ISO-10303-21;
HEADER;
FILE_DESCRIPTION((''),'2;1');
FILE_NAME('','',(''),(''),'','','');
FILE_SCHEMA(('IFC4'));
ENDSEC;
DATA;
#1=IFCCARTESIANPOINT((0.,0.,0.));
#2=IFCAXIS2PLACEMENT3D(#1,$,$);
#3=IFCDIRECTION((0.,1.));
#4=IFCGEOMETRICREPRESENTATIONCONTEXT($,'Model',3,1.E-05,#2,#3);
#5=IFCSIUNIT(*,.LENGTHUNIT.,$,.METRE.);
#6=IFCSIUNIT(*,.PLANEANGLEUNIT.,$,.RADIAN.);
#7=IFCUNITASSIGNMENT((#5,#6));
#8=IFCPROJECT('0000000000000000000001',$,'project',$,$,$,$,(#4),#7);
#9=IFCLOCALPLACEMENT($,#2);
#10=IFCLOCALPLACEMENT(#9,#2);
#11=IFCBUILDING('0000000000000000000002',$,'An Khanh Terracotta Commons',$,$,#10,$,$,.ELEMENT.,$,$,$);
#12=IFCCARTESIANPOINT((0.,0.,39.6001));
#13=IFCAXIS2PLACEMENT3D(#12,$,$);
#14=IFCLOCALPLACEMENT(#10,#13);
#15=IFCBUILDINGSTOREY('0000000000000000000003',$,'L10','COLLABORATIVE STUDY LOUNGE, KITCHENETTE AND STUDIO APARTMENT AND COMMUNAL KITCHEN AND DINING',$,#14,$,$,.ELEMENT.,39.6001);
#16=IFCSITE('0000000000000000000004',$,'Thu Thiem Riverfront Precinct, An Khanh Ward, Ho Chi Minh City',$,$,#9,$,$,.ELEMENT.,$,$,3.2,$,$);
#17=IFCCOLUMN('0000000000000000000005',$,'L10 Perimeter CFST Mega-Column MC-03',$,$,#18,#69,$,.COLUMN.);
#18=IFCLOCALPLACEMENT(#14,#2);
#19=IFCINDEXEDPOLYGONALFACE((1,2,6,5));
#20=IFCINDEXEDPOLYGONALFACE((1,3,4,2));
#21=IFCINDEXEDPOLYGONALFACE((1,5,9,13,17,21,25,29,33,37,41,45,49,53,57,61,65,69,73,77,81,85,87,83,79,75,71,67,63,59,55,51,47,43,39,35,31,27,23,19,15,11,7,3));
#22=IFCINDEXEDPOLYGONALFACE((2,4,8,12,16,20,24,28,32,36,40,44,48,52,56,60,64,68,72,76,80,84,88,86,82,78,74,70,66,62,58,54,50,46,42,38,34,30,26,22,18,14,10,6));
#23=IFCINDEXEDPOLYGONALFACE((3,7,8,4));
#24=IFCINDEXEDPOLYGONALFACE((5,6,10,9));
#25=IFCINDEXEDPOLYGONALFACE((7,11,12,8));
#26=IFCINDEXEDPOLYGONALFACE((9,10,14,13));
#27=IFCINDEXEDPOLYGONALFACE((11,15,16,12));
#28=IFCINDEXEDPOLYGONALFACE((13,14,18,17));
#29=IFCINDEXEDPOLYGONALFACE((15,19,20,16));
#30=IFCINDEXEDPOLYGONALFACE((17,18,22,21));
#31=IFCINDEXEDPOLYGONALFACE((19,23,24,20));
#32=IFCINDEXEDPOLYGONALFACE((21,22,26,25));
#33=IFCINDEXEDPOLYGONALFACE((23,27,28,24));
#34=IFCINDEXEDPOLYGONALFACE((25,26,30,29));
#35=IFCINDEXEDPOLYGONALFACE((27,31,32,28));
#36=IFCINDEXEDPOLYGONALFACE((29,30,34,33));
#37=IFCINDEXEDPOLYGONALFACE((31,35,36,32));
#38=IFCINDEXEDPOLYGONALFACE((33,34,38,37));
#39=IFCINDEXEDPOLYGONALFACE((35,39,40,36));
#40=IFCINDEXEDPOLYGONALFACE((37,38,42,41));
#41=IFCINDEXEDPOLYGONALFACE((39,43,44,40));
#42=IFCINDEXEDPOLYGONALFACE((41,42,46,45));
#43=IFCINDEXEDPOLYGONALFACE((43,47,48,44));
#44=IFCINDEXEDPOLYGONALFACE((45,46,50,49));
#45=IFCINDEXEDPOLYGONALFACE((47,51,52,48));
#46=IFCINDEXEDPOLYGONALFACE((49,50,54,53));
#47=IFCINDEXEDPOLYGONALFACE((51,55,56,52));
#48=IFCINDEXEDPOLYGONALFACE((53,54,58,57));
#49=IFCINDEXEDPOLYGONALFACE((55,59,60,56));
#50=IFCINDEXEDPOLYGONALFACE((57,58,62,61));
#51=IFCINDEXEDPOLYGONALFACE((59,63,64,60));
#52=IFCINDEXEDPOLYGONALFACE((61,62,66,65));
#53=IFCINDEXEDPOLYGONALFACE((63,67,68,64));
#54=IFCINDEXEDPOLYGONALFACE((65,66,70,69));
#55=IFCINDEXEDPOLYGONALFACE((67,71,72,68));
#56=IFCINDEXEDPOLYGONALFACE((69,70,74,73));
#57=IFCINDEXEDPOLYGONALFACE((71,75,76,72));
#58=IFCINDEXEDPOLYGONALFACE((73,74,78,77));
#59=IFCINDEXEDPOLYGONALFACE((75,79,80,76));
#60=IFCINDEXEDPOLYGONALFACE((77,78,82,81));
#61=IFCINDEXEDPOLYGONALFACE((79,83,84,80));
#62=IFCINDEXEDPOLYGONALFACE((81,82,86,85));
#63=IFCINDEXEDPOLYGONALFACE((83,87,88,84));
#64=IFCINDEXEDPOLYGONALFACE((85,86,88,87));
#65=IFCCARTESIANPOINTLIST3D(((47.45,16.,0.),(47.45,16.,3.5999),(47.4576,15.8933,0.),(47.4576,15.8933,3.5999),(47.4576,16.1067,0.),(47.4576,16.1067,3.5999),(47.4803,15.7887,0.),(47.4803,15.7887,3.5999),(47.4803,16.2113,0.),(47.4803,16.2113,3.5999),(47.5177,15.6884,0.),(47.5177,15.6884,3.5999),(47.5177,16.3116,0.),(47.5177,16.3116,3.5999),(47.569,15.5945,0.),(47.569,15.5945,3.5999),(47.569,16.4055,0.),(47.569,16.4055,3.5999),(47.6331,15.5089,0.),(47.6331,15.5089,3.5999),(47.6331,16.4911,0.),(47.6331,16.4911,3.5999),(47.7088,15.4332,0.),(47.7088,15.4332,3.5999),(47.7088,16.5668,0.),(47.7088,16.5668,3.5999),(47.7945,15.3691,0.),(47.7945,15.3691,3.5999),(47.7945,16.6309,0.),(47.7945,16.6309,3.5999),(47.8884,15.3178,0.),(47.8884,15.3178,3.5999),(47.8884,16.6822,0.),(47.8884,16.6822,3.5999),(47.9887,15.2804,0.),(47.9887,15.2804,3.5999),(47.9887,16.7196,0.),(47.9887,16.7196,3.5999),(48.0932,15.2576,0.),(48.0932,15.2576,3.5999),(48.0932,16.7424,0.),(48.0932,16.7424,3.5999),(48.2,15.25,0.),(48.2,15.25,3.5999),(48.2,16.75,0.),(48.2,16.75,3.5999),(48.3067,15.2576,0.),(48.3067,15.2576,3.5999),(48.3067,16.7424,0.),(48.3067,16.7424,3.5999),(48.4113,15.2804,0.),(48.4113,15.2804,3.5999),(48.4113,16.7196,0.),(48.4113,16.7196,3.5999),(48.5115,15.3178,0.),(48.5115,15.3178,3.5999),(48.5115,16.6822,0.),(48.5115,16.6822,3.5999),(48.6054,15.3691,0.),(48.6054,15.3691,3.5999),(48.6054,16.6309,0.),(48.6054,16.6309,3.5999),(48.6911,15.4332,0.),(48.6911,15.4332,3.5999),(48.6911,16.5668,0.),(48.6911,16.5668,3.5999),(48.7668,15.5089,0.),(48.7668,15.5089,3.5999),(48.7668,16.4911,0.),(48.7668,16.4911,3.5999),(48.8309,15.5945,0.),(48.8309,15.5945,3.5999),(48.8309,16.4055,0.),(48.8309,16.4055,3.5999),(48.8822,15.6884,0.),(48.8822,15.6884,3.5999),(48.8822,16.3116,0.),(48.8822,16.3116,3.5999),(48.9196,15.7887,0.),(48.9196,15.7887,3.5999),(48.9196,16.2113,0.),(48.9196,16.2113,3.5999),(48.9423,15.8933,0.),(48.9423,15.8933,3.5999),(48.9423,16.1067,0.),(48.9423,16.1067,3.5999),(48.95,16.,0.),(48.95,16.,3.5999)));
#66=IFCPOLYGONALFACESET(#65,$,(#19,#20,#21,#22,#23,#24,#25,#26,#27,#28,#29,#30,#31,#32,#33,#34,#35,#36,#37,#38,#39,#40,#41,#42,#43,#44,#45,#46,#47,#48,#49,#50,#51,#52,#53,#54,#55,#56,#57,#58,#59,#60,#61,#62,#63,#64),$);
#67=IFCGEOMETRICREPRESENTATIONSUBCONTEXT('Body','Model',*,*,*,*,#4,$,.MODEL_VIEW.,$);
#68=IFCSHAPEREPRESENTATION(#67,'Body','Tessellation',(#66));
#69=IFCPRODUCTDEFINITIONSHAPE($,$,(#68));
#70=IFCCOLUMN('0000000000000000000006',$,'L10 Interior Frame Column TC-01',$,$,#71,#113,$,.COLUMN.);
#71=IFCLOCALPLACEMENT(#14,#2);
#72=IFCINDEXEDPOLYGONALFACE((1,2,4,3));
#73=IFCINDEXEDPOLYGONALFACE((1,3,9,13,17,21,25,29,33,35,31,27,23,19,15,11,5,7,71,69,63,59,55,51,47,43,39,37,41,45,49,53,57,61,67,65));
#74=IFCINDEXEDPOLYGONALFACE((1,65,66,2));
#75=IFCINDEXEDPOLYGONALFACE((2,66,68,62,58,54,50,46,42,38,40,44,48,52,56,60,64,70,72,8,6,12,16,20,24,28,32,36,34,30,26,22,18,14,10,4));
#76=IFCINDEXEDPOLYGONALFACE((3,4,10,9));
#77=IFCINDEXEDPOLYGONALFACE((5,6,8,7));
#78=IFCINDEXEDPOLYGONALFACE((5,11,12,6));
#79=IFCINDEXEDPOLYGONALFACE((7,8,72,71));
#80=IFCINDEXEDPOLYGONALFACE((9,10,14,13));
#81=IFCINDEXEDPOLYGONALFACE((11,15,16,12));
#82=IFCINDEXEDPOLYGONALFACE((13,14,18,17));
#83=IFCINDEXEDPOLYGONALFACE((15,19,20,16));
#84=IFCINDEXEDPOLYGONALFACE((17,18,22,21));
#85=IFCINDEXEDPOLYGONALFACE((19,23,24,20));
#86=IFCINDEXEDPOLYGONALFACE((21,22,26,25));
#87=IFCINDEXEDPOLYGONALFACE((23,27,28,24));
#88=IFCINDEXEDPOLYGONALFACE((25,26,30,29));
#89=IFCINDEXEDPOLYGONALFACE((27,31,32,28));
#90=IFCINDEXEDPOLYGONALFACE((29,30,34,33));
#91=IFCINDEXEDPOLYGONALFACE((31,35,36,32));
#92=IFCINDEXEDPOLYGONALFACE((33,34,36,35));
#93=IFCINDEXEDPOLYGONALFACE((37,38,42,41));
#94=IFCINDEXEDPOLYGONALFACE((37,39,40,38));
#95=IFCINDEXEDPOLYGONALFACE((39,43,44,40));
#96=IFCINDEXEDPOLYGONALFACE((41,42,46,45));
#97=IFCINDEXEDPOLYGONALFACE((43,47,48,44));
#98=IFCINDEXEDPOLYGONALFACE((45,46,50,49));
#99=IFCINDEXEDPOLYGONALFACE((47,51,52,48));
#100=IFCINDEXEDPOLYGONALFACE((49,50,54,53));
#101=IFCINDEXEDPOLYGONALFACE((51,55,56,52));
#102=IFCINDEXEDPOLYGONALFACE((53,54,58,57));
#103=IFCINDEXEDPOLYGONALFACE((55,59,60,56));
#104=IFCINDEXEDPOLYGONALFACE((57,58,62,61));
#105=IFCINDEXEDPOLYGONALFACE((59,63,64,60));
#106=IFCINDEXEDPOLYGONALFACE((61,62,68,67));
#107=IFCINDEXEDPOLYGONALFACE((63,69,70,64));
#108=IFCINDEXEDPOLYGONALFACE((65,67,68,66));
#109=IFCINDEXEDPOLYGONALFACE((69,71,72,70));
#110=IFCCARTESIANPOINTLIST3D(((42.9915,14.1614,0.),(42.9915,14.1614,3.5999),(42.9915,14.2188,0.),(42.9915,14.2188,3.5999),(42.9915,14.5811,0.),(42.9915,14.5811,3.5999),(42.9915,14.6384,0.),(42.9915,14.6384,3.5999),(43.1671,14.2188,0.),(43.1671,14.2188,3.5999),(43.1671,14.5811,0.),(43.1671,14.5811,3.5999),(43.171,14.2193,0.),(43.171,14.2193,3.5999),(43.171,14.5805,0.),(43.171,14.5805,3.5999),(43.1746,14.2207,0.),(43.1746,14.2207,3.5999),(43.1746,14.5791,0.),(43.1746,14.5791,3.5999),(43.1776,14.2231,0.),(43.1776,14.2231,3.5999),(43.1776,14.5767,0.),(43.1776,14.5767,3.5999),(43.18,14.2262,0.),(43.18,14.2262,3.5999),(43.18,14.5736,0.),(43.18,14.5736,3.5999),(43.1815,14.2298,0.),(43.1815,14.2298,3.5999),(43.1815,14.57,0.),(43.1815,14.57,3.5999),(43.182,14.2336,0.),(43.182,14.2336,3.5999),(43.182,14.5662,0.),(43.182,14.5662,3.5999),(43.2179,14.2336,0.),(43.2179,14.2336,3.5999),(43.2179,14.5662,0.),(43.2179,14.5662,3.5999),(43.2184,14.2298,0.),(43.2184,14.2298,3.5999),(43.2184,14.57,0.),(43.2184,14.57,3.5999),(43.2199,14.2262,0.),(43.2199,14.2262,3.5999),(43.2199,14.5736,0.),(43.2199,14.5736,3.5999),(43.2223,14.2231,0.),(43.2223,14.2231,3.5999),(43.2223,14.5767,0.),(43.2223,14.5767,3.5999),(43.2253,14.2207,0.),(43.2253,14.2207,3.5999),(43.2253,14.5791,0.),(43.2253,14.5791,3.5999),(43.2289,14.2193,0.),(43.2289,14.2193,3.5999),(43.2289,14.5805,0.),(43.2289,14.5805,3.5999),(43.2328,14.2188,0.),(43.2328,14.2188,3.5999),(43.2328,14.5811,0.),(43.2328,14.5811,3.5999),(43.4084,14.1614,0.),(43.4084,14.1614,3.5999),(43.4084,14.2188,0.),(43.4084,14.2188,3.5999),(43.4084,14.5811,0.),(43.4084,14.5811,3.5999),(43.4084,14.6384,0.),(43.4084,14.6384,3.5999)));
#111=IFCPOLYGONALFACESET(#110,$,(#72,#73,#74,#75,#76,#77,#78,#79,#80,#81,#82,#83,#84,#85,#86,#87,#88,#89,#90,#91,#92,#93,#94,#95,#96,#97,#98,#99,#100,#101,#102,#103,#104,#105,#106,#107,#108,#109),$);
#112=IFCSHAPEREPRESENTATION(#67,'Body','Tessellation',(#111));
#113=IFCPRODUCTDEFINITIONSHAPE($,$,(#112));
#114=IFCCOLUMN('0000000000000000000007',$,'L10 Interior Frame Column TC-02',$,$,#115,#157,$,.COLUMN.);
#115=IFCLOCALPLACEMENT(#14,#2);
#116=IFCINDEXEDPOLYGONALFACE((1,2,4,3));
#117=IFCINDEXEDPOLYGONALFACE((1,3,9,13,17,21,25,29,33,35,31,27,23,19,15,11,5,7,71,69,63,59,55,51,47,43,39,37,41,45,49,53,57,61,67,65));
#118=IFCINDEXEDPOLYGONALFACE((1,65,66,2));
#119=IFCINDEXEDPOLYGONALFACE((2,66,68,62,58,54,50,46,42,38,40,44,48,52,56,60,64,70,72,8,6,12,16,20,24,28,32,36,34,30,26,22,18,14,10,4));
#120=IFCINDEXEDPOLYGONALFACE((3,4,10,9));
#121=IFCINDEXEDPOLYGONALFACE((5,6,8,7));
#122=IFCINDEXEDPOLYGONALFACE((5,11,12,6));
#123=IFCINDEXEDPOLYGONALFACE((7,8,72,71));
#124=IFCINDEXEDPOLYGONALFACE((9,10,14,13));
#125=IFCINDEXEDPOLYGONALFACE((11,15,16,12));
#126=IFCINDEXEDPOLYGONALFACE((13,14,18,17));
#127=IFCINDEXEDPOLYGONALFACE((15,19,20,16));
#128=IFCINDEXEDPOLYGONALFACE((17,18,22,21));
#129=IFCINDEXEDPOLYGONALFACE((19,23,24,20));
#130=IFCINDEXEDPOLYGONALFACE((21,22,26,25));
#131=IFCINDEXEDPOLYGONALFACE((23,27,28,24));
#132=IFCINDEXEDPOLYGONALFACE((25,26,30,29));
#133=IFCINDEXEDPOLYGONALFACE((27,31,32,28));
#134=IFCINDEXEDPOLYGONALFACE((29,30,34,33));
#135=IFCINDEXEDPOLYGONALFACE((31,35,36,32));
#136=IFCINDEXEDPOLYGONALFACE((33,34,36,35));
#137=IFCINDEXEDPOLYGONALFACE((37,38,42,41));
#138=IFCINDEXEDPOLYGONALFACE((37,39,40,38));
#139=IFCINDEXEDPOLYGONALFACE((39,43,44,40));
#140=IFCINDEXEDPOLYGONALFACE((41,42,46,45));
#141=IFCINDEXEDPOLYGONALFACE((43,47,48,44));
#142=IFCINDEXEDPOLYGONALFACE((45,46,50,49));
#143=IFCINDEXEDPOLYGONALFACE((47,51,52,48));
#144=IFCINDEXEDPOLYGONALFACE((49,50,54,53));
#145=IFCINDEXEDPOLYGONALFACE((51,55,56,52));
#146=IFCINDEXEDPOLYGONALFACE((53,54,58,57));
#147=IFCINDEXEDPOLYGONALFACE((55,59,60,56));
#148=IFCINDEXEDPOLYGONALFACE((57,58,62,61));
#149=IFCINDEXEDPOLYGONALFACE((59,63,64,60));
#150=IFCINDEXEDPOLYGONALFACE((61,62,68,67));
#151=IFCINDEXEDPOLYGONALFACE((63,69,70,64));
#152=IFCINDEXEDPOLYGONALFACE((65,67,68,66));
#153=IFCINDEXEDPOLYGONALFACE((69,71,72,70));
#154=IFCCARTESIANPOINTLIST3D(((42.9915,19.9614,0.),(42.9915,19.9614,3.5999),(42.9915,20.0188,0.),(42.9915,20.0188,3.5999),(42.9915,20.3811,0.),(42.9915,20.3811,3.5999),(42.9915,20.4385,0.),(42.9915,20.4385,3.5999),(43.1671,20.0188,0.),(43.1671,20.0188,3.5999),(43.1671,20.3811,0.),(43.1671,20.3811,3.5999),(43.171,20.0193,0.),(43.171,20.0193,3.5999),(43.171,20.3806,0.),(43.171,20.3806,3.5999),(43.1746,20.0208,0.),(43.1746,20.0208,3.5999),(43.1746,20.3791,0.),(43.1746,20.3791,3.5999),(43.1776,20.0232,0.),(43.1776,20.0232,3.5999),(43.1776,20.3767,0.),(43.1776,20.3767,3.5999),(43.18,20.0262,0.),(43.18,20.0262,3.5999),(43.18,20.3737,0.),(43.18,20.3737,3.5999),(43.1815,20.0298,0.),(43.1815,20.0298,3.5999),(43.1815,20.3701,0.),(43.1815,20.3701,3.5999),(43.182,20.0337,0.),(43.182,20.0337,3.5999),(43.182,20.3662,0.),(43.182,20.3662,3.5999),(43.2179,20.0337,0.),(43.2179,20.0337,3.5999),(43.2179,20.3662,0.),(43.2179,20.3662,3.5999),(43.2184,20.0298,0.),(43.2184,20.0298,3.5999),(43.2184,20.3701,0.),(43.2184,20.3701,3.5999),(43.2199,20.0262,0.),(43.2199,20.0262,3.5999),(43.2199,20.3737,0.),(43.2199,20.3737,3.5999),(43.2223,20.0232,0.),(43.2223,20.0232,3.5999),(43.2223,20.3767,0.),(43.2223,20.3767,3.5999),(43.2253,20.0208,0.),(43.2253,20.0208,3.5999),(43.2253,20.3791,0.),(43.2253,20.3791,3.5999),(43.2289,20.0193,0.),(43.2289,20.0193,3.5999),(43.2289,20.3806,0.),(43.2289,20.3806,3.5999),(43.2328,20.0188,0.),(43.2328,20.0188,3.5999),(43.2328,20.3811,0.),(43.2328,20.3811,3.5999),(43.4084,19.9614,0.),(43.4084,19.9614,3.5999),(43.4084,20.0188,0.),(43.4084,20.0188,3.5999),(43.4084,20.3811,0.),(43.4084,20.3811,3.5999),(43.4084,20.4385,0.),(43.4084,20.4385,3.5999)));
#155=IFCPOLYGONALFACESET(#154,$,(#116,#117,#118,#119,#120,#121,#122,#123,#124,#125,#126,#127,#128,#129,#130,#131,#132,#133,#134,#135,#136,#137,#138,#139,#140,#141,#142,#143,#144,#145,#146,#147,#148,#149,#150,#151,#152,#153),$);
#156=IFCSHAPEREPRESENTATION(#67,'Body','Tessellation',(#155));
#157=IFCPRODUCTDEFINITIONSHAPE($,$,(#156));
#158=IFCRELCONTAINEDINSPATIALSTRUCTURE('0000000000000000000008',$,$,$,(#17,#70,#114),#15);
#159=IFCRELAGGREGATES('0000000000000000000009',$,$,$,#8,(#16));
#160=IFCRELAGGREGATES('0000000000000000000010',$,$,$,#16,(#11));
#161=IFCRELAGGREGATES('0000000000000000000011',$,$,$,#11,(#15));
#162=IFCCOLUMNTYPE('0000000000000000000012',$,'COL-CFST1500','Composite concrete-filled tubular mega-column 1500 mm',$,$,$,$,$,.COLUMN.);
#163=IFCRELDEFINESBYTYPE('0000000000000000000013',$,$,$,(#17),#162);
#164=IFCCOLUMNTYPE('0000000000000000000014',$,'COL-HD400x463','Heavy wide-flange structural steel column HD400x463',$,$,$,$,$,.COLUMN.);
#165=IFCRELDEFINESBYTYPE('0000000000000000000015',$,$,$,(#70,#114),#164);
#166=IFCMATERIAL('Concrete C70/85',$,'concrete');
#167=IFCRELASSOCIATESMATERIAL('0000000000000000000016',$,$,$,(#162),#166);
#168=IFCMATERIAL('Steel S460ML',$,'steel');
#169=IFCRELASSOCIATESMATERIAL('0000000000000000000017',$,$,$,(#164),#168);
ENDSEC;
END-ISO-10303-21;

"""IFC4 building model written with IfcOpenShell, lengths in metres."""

from ifc_helpers import new_model, si_unit, direction, frame, origin, origin_2d, place, context, subcontext, project, spatial, circle, i_section, extrude, material, material_profile, profile_set, type_object, element, save


model = new_model("IFC4")

# Units and contexts
model_context = context("Model", 3, precision=1e-05, world=origin(), true_north=direction((0.0, 1.0)))
body_context = subcontext(model_context, "Body", "Model", "MODEL_VIEW")
ifc_project = project(units=[si_unit("LENGTHUNIT", "METRE"), si_unit("PLANEANGLEUNIT", "RADIAN")], contexts=[model_context])

# Site, building, storey
site_placement = place(None, origin())
site = spatial("IfcSite", under=ifc_project, at=site_placement, Name="Thu Thiem Riverfront Precinct, An Khanh Ward, Ho Chi Minh City", CompositionType="ELEMENT", RefElevation=3.2)
building_placement = place(site_placement, origin())
building = spatial("IfcBuilding", under=site, at=building_placement, Name="An Khanh Terracotta Commons", CompositionType="ELEMENT")
storey_placement = place(building_placement, frame((0.0, 0.0, 39.6001)))
storey = spatial("IfcBuildingStorey", under=building, at=storey_placement, Name="L10", Description="COLLABORATIVE STUDY LOUNGE, KITCHENETTE AND STUDIO APARTMENT AND COMMUNAL KITCHEN AND DINING", CompositionType="ELEMENT", Elevation=39.6001)

# Columns
ifc_material_1 = material(Name="Concrete C70/85", Category="concrete")
ifc_material_profile_1 = material_profile(ifc_material_1, circle(Radius=0.75, at=origin_2d()), Name="CFST1500")
ifc_profile_set_1 = profile_set([ifc_material_profile_1], Name="Concrete C70/85")
column_type_1 = type_object("IfcColumnType", Name="COL-CFST1500", Description="Composite concrete-filled tubular mega-column 1500 mm", PredefinedType="COLUMN", material=ifc_profile_set_1)
column_placement = place(storey_placement, frame((48.2, 16.0, 0.0), z_axis=(0.0, 0.0, 1.0), x_axis=(1.0, 0.0, 0.0)))
element("IfcColumn", 1, at=column_placement, inside=storey, type_object=column_type_1, Name="L10 Perimeter CFST Mega-Column MC-03", PredefinedType="COLUMN", context=body_context, shape_type="SweptSolid", body=[
    extrude(circle(Radius=0.75, at=origin_2d()), origin(), (0.0, 0.0, 1.0), 3.5999),
])
ifc_material_2 = material(Name="Steel S460ML", Category="steel")
ifc_material_profile_2 = material_profile(ifc_material_2, i_section(OverallWidth=0.417, OverallDepth=0.4771, WebThickness=0.0359, FlangeThickness=0.0574, FilletRadius=0.0149, at=origin_2d()), Name="HD400x463")
ifc_profile_set_2 = profile_set([ifc_material_profile_2], Name="Steel S460ML")
column_type_2 = type_object("IfcColumnType", Name="COL-HD400x463", Description="Heavy wide-flange structural steel column HD400x463", PredefinedType="COLUMN", material=ifc_profile_set_2)
for number, where, z_axis, x_axis, name in (
    (2, (43.2, 14.3999, 0.0), (0.0, 0.0, 1.0), (1.0, 0.0, 0.0), "L10 Interior Frame Column TC-01"),
    (3, (43.2, 20.2, 0.0), (0.0, 0.0, 1.0), (1.0, 0.0, 0.0), "L10 Interior Frame Column TC-02"),
):
    element("IfcColumn", number, at=place(storey_placement, frame(where, z_axis=z_axis, x_axis=x_axis)), inside=storey, type_object=column_type_2, Name=name, PredefinedType="COLUMN", context=body_context, shape_type="SweptSolid", body=[
        extrude(i_section(OverallWidth=0.417, OverallDepth=0.4771, WebThickness=0.0359, FlangeThickness=0.0574, FilletRadius=0.0149, at=origin_2d()), origin(), (0.0, 0.0, 1.0), 3.5999),
    ])

save(model, "model.ifc")
